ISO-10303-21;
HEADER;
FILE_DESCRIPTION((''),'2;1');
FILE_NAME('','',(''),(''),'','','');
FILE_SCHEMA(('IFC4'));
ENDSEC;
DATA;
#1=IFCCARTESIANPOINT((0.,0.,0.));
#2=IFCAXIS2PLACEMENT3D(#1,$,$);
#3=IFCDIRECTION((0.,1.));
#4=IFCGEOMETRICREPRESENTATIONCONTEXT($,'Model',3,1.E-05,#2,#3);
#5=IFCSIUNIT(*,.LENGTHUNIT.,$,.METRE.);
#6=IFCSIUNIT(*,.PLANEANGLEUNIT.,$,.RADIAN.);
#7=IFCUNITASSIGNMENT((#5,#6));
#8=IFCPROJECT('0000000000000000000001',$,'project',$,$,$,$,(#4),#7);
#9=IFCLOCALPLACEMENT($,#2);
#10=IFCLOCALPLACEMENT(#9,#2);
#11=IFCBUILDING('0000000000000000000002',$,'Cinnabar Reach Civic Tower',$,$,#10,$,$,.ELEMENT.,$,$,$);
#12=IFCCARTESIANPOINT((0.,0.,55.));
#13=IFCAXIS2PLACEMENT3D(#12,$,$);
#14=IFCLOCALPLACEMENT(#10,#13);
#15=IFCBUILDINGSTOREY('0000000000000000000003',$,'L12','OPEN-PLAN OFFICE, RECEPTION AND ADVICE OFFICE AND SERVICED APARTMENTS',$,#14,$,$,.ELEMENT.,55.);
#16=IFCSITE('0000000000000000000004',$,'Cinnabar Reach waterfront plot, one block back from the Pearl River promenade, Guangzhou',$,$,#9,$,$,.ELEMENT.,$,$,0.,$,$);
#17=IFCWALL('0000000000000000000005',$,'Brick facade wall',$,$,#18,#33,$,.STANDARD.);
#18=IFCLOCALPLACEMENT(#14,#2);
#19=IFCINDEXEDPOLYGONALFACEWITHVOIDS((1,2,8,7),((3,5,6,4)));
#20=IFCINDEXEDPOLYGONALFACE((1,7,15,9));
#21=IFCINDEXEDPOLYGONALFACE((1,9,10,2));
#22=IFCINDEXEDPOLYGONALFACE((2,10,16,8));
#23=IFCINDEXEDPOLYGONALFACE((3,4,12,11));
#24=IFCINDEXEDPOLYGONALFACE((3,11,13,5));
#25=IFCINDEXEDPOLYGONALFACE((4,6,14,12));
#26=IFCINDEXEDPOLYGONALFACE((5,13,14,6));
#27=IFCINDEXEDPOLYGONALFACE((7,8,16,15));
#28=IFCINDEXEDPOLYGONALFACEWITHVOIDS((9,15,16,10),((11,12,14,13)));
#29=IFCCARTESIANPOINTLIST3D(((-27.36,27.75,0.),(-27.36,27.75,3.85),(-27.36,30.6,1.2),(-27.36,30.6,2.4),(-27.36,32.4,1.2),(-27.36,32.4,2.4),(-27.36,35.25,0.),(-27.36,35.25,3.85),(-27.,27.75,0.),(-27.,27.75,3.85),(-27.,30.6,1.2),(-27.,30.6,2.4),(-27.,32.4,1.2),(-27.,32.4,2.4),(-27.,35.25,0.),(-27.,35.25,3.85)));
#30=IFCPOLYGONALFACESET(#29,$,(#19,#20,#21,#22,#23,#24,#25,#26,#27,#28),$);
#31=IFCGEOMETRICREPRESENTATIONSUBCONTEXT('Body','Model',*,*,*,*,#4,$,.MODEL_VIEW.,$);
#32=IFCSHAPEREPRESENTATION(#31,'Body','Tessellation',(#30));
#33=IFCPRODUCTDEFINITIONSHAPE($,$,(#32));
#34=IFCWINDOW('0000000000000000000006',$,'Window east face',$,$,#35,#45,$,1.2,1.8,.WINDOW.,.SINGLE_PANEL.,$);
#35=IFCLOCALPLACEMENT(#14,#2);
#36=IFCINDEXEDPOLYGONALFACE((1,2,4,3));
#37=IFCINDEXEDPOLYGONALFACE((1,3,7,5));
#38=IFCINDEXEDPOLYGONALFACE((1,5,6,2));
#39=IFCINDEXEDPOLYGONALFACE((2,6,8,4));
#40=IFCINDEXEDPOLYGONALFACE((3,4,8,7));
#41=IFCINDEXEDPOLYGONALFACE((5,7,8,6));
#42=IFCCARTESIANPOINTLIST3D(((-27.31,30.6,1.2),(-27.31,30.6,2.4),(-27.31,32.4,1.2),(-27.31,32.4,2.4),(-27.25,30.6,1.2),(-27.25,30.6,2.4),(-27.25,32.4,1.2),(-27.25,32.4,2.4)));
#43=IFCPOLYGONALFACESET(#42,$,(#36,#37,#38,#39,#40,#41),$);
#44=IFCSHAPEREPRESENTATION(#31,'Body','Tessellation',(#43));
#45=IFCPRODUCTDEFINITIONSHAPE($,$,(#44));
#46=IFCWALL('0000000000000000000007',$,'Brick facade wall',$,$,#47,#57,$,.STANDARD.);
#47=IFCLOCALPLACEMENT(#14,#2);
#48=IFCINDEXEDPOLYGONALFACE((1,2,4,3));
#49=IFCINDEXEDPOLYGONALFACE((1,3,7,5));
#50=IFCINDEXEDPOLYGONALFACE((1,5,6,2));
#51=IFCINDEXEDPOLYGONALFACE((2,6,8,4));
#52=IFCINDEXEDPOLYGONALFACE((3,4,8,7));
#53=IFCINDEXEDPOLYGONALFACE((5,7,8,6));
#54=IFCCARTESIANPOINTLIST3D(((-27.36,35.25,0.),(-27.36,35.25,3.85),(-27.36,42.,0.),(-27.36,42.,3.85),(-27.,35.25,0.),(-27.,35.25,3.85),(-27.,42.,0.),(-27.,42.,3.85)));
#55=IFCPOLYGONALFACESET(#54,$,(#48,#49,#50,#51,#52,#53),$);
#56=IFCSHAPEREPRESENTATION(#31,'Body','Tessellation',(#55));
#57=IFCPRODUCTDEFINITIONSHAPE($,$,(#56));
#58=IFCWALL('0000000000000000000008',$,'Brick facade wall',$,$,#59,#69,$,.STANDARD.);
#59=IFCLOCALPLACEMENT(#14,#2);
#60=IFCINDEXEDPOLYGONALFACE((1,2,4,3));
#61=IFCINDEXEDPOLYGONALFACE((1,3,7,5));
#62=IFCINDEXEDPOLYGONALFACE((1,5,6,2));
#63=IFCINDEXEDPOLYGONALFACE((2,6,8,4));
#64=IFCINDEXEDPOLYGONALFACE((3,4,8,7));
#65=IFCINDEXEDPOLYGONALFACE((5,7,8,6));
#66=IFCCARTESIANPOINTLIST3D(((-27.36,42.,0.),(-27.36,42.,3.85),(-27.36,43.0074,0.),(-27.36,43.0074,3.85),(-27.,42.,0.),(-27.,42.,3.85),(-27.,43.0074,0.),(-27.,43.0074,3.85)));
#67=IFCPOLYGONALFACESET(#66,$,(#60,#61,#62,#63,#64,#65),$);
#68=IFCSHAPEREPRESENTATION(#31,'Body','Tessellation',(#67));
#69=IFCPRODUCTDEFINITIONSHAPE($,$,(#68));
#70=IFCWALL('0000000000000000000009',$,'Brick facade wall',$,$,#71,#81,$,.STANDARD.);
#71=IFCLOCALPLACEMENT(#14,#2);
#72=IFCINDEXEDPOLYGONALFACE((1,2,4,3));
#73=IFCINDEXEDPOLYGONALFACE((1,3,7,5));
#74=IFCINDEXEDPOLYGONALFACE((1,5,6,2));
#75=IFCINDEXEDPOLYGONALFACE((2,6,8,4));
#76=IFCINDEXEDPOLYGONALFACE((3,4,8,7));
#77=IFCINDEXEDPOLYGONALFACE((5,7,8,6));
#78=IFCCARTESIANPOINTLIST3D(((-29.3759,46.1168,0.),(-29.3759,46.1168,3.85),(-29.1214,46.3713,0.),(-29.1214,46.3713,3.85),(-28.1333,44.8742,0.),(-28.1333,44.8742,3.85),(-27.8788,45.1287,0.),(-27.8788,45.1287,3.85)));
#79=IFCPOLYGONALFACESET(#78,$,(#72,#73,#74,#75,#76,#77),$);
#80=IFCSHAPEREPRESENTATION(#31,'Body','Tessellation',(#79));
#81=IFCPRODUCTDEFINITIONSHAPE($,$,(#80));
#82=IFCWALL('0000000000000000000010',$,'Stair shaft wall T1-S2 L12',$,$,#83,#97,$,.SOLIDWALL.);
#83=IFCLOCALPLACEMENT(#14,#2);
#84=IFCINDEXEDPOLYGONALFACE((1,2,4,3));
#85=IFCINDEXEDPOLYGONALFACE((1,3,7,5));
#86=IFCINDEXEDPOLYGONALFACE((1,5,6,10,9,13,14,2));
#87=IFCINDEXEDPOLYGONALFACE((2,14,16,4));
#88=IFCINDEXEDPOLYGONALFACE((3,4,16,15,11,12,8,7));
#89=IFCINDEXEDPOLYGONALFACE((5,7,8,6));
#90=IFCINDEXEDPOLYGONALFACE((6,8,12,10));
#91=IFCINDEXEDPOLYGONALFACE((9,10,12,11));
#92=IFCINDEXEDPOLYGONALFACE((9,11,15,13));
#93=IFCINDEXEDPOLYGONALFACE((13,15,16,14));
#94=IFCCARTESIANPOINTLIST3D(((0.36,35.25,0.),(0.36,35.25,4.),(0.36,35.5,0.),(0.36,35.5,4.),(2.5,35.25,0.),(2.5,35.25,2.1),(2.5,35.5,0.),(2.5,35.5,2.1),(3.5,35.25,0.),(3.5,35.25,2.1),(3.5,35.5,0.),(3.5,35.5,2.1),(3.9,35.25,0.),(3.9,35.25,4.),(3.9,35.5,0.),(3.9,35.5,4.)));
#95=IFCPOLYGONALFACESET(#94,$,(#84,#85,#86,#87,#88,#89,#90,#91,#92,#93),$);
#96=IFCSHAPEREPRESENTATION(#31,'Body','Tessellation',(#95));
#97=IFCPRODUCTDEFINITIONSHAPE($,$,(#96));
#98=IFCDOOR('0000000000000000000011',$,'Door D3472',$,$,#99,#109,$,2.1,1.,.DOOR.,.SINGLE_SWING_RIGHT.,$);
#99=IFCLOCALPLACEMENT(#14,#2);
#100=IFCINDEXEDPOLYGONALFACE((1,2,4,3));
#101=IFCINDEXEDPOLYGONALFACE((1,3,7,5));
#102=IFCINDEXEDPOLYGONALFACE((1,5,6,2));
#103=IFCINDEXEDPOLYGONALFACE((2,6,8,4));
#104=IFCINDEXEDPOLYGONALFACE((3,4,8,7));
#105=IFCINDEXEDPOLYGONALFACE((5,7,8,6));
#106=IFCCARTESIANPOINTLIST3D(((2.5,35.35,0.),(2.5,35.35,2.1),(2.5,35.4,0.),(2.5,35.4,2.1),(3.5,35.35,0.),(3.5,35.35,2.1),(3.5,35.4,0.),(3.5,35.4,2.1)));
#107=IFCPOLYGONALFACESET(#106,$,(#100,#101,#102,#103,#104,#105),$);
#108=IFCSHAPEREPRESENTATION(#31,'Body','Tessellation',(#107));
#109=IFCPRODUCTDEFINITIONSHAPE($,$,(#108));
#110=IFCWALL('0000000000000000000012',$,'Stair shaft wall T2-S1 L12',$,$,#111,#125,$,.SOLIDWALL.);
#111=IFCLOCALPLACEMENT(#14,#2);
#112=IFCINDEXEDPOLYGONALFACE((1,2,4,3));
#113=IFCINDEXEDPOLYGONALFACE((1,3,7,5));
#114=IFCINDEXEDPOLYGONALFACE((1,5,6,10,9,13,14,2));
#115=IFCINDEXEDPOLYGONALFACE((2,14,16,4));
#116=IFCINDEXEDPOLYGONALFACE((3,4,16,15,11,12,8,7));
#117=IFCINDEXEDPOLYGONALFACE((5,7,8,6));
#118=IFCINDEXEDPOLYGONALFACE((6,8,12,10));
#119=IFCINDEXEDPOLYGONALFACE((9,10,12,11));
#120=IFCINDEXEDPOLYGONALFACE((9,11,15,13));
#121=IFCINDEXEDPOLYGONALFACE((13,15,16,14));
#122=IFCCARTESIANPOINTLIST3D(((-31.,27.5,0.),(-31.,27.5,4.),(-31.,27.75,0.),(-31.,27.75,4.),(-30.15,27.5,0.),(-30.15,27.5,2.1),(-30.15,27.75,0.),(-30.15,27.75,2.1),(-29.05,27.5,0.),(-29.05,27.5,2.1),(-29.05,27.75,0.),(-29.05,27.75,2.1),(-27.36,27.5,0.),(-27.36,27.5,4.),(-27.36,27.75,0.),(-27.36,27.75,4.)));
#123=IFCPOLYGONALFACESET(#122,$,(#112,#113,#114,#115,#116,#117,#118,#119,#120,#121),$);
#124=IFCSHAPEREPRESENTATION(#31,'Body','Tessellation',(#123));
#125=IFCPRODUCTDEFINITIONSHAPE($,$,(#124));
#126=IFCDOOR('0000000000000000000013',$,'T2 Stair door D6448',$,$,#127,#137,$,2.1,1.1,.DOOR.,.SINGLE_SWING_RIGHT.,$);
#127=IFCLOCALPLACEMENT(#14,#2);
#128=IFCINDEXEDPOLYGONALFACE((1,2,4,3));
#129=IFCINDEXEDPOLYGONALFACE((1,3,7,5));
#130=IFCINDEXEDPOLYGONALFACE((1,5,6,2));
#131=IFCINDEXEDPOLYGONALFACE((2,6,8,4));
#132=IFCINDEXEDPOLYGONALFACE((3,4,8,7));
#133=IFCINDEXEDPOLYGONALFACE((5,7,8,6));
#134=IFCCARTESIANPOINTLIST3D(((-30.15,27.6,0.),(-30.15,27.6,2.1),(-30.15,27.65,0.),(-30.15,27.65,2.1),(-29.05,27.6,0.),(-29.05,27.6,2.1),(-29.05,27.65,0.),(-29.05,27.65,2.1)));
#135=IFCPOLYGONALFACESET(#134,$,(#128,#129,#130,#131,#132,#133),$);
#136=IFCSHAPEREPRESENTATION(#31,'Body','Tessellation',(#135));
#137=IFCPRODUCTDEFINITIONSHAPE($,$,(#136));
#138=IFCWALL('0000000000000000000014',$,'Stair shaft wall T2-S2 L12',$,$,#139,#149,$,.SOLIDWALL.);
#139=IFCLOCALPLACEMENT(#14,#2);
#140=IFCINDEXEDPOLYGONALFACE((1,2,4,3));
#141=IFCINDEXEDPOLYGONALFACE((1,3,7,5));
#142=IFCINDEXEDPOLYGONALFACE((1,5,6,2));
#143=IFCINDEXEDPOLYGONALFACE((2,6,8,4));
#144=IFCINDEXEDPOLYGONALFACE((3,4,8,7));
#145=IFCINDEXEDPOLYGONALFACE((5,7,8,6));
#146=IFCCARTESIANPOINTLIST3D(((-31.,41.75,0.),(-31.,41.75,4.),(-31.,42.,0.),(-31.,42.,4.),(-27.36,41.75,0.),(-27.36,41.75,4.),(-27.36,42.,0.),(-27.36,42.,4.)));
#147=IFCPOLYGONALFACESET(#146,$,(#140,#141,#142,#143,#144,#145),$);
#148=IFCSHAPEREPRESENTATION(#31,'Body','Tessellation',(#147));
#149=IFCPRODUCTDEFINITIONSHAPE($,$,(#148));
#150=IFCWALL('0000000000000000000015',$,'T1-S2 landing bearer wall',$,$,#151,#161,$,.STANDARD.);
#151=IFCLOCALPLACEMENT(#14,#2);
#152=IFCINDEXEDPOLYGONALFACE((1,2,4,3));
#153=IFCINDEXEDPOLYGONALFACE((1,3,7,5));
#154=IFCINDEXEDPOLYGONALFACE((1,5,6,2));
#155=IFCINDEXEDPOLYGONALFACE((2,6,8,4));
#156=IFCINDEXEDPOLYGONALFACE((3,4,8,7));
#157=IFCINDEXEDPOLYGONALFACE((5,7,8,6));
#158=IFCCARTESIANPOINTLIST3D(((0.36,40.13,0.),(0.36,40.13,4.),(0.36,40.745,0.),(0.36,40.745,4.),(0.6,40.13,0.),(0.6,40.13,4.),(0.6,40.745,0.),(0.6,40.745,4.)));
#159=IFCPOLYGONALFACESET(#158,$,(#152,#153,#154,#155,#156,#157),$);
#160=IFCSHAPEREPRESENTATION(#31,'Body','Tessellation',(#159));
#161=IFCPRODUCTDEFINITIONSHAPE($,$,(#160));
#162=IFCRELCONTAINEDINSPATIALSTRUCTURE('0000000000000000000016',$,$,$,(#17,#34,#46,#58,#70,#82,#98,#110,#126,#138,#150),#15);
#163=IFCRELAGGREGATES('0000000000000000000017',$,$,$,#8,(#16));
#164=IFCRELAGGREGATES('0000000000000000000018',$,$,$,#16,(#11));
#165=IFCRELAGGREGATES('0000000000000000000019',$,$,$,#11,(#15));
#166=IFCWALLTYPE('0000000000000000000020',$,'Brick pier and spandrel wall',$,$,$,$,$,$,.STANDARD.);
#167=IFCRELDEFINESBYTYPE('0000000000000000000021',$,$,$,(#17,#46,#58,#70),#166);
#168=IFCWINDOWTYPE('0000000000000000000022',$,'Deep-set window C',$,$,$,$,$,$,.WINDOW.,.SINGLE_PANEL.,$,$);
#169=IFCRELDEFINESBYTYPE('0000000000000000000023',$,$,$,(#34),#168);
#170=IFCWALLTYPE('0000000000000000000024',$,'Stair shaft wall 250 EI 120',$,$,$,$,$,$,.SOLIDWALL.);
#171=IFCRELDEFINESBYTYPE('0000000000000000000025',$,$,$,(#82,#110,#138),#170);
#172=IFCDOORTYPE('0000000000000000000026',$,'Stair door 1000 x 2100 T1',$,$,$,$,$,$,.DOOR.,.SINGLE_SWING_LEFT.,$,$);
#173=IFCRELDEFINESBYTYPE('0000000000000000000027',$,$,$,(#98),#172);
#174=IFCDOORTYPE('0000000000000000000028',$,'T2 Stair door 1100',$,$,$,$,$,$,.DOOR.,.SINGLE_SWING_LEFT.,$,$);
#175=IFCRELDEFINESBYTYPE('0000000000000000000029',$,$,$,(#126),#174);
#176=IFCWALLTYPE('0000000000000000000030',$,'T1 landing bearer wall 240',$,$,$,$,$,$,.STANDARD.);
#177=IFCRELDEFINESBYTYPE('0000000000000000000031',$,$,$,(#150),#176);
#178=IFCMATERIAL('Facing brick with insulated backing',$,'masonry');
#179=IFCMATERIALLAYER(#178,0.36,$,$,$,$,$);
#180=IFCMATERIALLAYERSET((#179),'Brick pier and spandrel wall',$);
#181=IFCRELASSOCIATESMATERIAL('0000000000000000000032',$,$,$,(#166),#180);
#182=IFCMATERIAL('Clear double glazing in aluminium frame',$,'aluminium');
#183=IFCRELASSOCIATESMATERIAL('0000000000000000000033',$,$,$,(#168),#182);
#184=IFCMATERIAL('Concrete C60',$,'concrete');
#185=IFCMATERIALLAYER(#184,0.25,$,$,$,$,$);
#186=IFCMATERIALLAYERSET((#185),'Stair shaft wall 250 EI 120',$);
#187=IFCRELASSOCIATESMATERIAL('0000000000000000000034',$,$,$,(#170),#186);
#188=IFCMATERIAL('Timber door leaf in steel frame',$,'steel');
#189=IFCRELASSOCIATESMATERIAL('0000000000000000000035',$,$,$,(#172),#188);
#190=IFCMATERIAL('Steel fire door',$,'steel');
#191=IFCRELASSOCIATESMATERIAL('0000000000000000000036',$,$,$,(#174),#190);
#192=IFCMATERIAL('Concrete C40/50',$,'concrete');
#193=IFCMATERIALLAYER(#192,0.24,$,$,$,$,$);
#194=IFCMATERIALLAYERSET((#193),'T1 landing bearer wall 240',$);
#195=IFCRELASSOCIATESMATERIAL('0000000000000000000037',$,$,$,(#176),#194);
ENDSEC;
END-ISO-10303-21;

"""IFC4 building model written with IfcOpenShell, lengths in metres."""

from ifc_helpers import new_model, si_unit, direction, frame, frame_2d, origin, place, context, subcontext, project, spatial, rectangle, extrude, material, layer, layer_set, type_object, element, fill, save


model = new_model("IFC4")

# Units and contexts
model_context = context("Model", 3, precision=1e-05, world=origin(), true_north=direction((0.0, 1.0)))
body_context = subcontext(model_context, "Body", "Model", "MODEL_VIEW")
ifc_project = project(units=[si_unit("LENGTHUNIT", "METRE"), si_unit("PLANEANGLEUNIT", "RADIAN")], contexts=[model_context])

# Site, building, storey
site_placement = place(None, origin())
site = spatial("IfcSite", under=ifc_project, at=site_placement, Name="Cinnabar Reach waterfront plot, one block back from the Pearl River promenade, Guangzhou", CompositionType="ELEMENT", RefElevation=0.0)
building_placement = place(site_placement, origin())
building = spatial("IfcBuilding", under=site, at=building_placement, Name="Cinnabar Reach Civic Tower", CompositionType="ELEMENT")
storey_placement = place(building_placement, frame((0.0, 0.0, 55.0)))
storey = spatial("IfcBuildingStorey", under=building, at=storey_placement, Name="L12", Description="OPEN-PLAN OFFICE, RECEPTION AND ADVICE OFFICE AND SERVICED APARTMENTS", CompositionType="ELEMENT", Elevation=55.0)

# Shared definitions
ifc_material_1 = material(Name="Concrete C60", Category="concrete")

# Shared definitions
ifc_material_2 = material(Name="Facing brick with insulated backing", Category="masonry")
ifc_layer_1 = layer(ifc_material_2, 0.36)
ifc_layer_set_1 = layer_set([ifc_layer_1], Name="Brick pier and spandrel wall")
wall_type_1 = type_object("IfcWallType", Name="Brick pier and spandrel wall", PredefinedType="STANDARD", material=ifc_layer_set_1)

# Wall, opening, window
wall_1_placement = place(storey_placement, frame((-27.18, 27.75, 0.0), z_axis=(0.0, 0.0, 1.0), x_axis=(0.0, 1.0, 0.0)))
wall_1 = element("IfcWall", 1, at=wall_1_placement, inside=storey, type_object=wall_type_1, Name="Brick facade wall", PredefinedType="STANDARD", context=body_context, shape_type="SweptSolid", body=[
    extrude(rectangle(XDim=7.5, YDim=0.36, at=frame_2d((3.75, 0.0))), origin(), (0.0, 0.0, 1.0), 3.85),
])
opening_1_placement = place(wall_1_placement, frame((2.85, 0.0, 1.2)))
opening_1 = element("IfcOpeningElement", 2, at=opening_1_placement, cuts=wall_1, PredefinedType="OPENING", context=body_context, shape_type="SweptSolid", body=[
    extrude(rectangle(XDim=1.8, YDim=1.2, at=frame_2d((0.9, 0.6))), frame((0.0, 0.19, 0.0), z_axis=(0.0, -1.0, 0.0), x_axis=(1.0, 0.0, 0.0)), (0.0, 0.0, 1.0), 0.38),
])
ifc_material_3 = material(Name="Clear double glazing in aluminium frame", Category="aluminium")
window_type = type_object("IfcWindowType", Name="Deep-set window C", PartitioningType="SINGLE_PANEL", PredefinedType="WINDOW", material=ifc_material_3)
window_placement = place(opening_1_placement, origin())
window = element("IfcWindow", 3, at=window_placement, inside=storey, type_object=window_type, Name="Window east face", OverallHeight=1.2, OverallWidth=1.8, PartitioningType="SINGLE_PANEL", PredefinedType="WINDOW", context=body_context, shape_type="SweptSolid", body=[
    extrude(rectangle(XDim=1.8, YDim=1.2, at=frame_2d((0.9, 0.6))), frame((0.0, 0.13, 0.0), z_axis=(0.0, -1.0, 0.0), x_axis=(1.0, 0.0, 0.0)), (0.0, 0.0, 1.0), 0.06),
])
fill(opening_1, window)

# Walls
wall_2_placement = place(storey_placement, frame((-27.18, 35.25, 0.0), z_axis=(0.0, 0.0, 1.0), x_axis=(0.0, 1.0, 0.0)))
element("IfcWall", 4, at=wall_2_placement, inside=storey, type_object=wall_type_1, Name="Brick facade wall", PredefinedType="STANDARD", context=body_context, shape_type="SweptSolid", body=[
    extrude(rectangle(XDim=6.75, YDim=0.36, at=frame_2d((3.375, 0.0))), origin(), (0.0, 0.0, 1.0), 3.85),
])
wall_3_placement = place(storey_placement, frame((-27.18, 42.0, 0.0), z_axis=(0.0, 0.0, 1.0), x_axis=(0.0, 1.0, 0.0)))
element("IfcWall", 5, at=wall_3_placement, inside=storey, type_object=wall_type_1, Name="Brick facade wall", PredefinedType="STANDARD", context=body_context, shape_type="SweptSolid", body=[
    extrude(rectangle(XDim=1.0074, YDim=0.36, at=frame_2d((0.5037, 0.0))), origin(), (0.0, 0.0, 1.0), 3.85),
])
wall_4_placement = place(storey_placement, frame((-28.006, 45.0014, 0.0), z_axis=(0.0, 0.0, 1.0), x_axis=(-0.707107, 0.707107, 0.0)))
element("IfcWall", 6, at=wall_4_placement, inside=storey, type_object=wall_type_1, Name="Brick facade wall", PredefinedType="STANDARD", context=body_context, shape_type="SweptSolid", body=[
    extrude(rectangle(XDim=1.7573, YDim=0.36, at=frame_2d((0.8787, 0.0))), origin(), (0.0, 0.0, 1.0), 3.85),
])

# Walls, openings, doors
ifc_layer_2 = layer(ifc_material_1, 0.25)
ifc_layer_set_2 = layer_set([ifc_layer_2], Name="Stair shaft wall 250 EI 120")
wall_type_2 = type_object("IfcWallType", Name="Stair shaft wall 250 EI 120", PredefinedType="SOLIDWALL", material=ifc_layer_set_2)
wall_5_placement = place(storey_placement, frame((0.36, 35.375, 0.0), z_axis=(0.0, 0.0, 1.0), x_axis=(1.0, 0.0, 0.0)))
wall_5 = element("IfcWall", 7, at=wall_5_placement, inside=storey, type_object=wall_type_2, Name="Stair shaft wall T1-S2 L12", PredefinedType="SOLIDWALL", context=body_context, shape_type="SweptSolid", body=[
    extrude(rectangle(XDim=3.54, YDim=0.25, at=frame_2d((1.77, 0.0))), origin(), (0.0, 0.0, 1.0), 4.0),
])
opening_2_placement = place(wall_5_placement, frame((2.14, 0.0, 0.0)))
opening_2 = element("IfcOpeningElement", 8, at=opening_2_placement, cuts=wall_5, PredefinedType="OPENING", context=body_context, shape_type="SweptSolid", body=[
    extrude(rectangle(XDim=1.0, YDim=2.1, at=frame_2d((0.5, 1.05))), frame((0.0, 0.135, 0.0), z_axis=(0.0, -1.0, 0.0), x_axis=(1.0, 0.0, 0.0)), (0.0, 0.0, 1.0), 0.27),
])
ifc_material_4 = material(Name="Timber door leaf in steel frame", Category="steel")
door_type_1 = type_object("IfcDoorType", Name="Stair door 1000 x 2100 T1", OperationType="SINGLE_SWING_LEFT", PredefinedType="DOOR", material=ifc_material_4)
door_1_placement = place(opening_2_placement, origin())
door_1 = element("IfcDoor", 9, at=door_1_placement, inside=storey, type_object=door_type_1, Name="Door D3472", OperationType="SINGLE_SWING_RIGHT", OverallHeight=2.1, OverallWidth=1.0, PredefinedType="DOOR", context=body_context, shape_type="SweptSolid", body=[
    extrude(rectangle(XDim=1.0, YDim=2.1, at=frame_2d((0.5, 1.05))), frame((0.0, 0.025, 0.0), z_axis=(0.0, -1.0, 0.0), x_axis=(1.0, 0.0, 0.0)), (0.0, 0.0, 1.0), 0.05),
])
fill(opening_2, door_1)
wall_6_placement = place(storey_placement, frame((-27.36, 27.625, 0.0), z_axis=(0.0, 0.0, 1.0), x_axis=(-1.0, 0.0, 0.0)))
wall_6 = element("IfcWall", 10, at=wall_6_placement, inside=storey, type_object=wall_type_2, Name="Stair shaft wall T2-S1 L12", PredefinedType="SOLIDWALL", context=body_context, shape_type="SweptSolid", body=[
    extrude(rectangle(XDim=3.64, YDim=0.25, at=frame_2d((1.82, 0.0))), origin(), (0.0, 0.0, 1.0), 4.0),
])
opening_3_placement = place(wall_6_placement, frame((1.69, 0.0, 0.0)))
opening_3 = element("IfcOpeningElement", 11, at=opening_3_placement, cuts=wall_6, PredefinedType="OPENING", context=body_context, shape_type="SweptSolid", body=[
    extrude(rectangle(XDim=1.1, YDim=2.1, at=frame_2d((0.55, 1.05))), frame((0.0, 0.135, 0.0), z_axis=(0.0, -1.0, 0.0), x_axis=(1.0, 0.0, 0.0)), (0.0, 0.0, 1.0), 0.27),
])
ifc_material_5 = material(Name="Steel fire door", Category="steel")
door_type_2 = type_object("IfcDoorType", Name="T2 Stair door 1100", OperationType="SINGLE_SWING_LEFT", PredefinedType="DOOR", material=ifc_material_5)
door_2_placement = place(opening_3_placement, origin())
door_2 = element("IfcDoor", 12, at=door_2_placement, inside=storey, type_object=door_type_2, Name="T2 Stair door D6448", OperationType="SINGLE_SWING_RIGHT", OverallHeight=2.1, OverallWidth=1.1, PredefinedType="DOOR", context=body_context, shape_type="SweptSolid", body=[
    extrude(rectangle(XDim=1.1, YDim=2.1, at=frame_2d((0.55, 1.05))), frame((0.0, 0.025, 0.0), z_axis=(0.0, -1.0, 0.0), x_axis=(1.0, 0.0, 0.0)), (0.0, 0.0, 1.0), 0.05),
])
fill(opening_3, door_2)

# Walls
wall_7_placement = place(storey_placement, frame((-27.36, 41.875, 0.0), z_axis=(0.0, 0.0, 1.0), x_axis=(-1.0, 0.0, 0.0)))
element("IfcWall", 13, at=wall_7_placement, inside=storey, type_object=wall_type_2, Name="Stair shaft wall T2-S2 L12", PredefinedType="SOLIDWALL", context=body_context, shape_type="SweptSolid", body=[
    extrude(rectangle(XDim=3.64, YDim=0.25, at=frame_2d((1.82, 0.0))), origin(), (0.0, 0.0, 1.0), 4.0),
])
ifc_material_6 = material(Name="Concrete C40/50", Category="concrete")
ifc_layer_3 = layer(ifc_material_6, 0.24)
ifc_layer_set_3 = layer_set([ifc_layer_3], Name="T1 landing bearer wall 240")
wall_type_3 = type_object("IfcWallType", Name="T1 landing bearer wall 240", PredefinedType="STANDARD", material=ifc_layer_set_3)
wall_8_placement = place(storey_placement, frame((0.48, 40.13, 0.0), z_axis=(0.0, 0.0, 1.0), x_axis=(0.0, 1.0, 0.0)))
element("IfcWall", 14, at=wall_8_placement, inside=storey, type_object=wall_type_3, Name="T1-S2 landing bearer wall", PredefinedType="STANDARD", context=body_context, shape_type="SweptSolid", body=[
    extrude(rectangle(XDim=0.6151, YDim=0.24, at=frame_2d((0.3075, 0.0))), origin(), (0.0, 0.0, 1.0), 4.0),
])

save(model, "model.ifc")
